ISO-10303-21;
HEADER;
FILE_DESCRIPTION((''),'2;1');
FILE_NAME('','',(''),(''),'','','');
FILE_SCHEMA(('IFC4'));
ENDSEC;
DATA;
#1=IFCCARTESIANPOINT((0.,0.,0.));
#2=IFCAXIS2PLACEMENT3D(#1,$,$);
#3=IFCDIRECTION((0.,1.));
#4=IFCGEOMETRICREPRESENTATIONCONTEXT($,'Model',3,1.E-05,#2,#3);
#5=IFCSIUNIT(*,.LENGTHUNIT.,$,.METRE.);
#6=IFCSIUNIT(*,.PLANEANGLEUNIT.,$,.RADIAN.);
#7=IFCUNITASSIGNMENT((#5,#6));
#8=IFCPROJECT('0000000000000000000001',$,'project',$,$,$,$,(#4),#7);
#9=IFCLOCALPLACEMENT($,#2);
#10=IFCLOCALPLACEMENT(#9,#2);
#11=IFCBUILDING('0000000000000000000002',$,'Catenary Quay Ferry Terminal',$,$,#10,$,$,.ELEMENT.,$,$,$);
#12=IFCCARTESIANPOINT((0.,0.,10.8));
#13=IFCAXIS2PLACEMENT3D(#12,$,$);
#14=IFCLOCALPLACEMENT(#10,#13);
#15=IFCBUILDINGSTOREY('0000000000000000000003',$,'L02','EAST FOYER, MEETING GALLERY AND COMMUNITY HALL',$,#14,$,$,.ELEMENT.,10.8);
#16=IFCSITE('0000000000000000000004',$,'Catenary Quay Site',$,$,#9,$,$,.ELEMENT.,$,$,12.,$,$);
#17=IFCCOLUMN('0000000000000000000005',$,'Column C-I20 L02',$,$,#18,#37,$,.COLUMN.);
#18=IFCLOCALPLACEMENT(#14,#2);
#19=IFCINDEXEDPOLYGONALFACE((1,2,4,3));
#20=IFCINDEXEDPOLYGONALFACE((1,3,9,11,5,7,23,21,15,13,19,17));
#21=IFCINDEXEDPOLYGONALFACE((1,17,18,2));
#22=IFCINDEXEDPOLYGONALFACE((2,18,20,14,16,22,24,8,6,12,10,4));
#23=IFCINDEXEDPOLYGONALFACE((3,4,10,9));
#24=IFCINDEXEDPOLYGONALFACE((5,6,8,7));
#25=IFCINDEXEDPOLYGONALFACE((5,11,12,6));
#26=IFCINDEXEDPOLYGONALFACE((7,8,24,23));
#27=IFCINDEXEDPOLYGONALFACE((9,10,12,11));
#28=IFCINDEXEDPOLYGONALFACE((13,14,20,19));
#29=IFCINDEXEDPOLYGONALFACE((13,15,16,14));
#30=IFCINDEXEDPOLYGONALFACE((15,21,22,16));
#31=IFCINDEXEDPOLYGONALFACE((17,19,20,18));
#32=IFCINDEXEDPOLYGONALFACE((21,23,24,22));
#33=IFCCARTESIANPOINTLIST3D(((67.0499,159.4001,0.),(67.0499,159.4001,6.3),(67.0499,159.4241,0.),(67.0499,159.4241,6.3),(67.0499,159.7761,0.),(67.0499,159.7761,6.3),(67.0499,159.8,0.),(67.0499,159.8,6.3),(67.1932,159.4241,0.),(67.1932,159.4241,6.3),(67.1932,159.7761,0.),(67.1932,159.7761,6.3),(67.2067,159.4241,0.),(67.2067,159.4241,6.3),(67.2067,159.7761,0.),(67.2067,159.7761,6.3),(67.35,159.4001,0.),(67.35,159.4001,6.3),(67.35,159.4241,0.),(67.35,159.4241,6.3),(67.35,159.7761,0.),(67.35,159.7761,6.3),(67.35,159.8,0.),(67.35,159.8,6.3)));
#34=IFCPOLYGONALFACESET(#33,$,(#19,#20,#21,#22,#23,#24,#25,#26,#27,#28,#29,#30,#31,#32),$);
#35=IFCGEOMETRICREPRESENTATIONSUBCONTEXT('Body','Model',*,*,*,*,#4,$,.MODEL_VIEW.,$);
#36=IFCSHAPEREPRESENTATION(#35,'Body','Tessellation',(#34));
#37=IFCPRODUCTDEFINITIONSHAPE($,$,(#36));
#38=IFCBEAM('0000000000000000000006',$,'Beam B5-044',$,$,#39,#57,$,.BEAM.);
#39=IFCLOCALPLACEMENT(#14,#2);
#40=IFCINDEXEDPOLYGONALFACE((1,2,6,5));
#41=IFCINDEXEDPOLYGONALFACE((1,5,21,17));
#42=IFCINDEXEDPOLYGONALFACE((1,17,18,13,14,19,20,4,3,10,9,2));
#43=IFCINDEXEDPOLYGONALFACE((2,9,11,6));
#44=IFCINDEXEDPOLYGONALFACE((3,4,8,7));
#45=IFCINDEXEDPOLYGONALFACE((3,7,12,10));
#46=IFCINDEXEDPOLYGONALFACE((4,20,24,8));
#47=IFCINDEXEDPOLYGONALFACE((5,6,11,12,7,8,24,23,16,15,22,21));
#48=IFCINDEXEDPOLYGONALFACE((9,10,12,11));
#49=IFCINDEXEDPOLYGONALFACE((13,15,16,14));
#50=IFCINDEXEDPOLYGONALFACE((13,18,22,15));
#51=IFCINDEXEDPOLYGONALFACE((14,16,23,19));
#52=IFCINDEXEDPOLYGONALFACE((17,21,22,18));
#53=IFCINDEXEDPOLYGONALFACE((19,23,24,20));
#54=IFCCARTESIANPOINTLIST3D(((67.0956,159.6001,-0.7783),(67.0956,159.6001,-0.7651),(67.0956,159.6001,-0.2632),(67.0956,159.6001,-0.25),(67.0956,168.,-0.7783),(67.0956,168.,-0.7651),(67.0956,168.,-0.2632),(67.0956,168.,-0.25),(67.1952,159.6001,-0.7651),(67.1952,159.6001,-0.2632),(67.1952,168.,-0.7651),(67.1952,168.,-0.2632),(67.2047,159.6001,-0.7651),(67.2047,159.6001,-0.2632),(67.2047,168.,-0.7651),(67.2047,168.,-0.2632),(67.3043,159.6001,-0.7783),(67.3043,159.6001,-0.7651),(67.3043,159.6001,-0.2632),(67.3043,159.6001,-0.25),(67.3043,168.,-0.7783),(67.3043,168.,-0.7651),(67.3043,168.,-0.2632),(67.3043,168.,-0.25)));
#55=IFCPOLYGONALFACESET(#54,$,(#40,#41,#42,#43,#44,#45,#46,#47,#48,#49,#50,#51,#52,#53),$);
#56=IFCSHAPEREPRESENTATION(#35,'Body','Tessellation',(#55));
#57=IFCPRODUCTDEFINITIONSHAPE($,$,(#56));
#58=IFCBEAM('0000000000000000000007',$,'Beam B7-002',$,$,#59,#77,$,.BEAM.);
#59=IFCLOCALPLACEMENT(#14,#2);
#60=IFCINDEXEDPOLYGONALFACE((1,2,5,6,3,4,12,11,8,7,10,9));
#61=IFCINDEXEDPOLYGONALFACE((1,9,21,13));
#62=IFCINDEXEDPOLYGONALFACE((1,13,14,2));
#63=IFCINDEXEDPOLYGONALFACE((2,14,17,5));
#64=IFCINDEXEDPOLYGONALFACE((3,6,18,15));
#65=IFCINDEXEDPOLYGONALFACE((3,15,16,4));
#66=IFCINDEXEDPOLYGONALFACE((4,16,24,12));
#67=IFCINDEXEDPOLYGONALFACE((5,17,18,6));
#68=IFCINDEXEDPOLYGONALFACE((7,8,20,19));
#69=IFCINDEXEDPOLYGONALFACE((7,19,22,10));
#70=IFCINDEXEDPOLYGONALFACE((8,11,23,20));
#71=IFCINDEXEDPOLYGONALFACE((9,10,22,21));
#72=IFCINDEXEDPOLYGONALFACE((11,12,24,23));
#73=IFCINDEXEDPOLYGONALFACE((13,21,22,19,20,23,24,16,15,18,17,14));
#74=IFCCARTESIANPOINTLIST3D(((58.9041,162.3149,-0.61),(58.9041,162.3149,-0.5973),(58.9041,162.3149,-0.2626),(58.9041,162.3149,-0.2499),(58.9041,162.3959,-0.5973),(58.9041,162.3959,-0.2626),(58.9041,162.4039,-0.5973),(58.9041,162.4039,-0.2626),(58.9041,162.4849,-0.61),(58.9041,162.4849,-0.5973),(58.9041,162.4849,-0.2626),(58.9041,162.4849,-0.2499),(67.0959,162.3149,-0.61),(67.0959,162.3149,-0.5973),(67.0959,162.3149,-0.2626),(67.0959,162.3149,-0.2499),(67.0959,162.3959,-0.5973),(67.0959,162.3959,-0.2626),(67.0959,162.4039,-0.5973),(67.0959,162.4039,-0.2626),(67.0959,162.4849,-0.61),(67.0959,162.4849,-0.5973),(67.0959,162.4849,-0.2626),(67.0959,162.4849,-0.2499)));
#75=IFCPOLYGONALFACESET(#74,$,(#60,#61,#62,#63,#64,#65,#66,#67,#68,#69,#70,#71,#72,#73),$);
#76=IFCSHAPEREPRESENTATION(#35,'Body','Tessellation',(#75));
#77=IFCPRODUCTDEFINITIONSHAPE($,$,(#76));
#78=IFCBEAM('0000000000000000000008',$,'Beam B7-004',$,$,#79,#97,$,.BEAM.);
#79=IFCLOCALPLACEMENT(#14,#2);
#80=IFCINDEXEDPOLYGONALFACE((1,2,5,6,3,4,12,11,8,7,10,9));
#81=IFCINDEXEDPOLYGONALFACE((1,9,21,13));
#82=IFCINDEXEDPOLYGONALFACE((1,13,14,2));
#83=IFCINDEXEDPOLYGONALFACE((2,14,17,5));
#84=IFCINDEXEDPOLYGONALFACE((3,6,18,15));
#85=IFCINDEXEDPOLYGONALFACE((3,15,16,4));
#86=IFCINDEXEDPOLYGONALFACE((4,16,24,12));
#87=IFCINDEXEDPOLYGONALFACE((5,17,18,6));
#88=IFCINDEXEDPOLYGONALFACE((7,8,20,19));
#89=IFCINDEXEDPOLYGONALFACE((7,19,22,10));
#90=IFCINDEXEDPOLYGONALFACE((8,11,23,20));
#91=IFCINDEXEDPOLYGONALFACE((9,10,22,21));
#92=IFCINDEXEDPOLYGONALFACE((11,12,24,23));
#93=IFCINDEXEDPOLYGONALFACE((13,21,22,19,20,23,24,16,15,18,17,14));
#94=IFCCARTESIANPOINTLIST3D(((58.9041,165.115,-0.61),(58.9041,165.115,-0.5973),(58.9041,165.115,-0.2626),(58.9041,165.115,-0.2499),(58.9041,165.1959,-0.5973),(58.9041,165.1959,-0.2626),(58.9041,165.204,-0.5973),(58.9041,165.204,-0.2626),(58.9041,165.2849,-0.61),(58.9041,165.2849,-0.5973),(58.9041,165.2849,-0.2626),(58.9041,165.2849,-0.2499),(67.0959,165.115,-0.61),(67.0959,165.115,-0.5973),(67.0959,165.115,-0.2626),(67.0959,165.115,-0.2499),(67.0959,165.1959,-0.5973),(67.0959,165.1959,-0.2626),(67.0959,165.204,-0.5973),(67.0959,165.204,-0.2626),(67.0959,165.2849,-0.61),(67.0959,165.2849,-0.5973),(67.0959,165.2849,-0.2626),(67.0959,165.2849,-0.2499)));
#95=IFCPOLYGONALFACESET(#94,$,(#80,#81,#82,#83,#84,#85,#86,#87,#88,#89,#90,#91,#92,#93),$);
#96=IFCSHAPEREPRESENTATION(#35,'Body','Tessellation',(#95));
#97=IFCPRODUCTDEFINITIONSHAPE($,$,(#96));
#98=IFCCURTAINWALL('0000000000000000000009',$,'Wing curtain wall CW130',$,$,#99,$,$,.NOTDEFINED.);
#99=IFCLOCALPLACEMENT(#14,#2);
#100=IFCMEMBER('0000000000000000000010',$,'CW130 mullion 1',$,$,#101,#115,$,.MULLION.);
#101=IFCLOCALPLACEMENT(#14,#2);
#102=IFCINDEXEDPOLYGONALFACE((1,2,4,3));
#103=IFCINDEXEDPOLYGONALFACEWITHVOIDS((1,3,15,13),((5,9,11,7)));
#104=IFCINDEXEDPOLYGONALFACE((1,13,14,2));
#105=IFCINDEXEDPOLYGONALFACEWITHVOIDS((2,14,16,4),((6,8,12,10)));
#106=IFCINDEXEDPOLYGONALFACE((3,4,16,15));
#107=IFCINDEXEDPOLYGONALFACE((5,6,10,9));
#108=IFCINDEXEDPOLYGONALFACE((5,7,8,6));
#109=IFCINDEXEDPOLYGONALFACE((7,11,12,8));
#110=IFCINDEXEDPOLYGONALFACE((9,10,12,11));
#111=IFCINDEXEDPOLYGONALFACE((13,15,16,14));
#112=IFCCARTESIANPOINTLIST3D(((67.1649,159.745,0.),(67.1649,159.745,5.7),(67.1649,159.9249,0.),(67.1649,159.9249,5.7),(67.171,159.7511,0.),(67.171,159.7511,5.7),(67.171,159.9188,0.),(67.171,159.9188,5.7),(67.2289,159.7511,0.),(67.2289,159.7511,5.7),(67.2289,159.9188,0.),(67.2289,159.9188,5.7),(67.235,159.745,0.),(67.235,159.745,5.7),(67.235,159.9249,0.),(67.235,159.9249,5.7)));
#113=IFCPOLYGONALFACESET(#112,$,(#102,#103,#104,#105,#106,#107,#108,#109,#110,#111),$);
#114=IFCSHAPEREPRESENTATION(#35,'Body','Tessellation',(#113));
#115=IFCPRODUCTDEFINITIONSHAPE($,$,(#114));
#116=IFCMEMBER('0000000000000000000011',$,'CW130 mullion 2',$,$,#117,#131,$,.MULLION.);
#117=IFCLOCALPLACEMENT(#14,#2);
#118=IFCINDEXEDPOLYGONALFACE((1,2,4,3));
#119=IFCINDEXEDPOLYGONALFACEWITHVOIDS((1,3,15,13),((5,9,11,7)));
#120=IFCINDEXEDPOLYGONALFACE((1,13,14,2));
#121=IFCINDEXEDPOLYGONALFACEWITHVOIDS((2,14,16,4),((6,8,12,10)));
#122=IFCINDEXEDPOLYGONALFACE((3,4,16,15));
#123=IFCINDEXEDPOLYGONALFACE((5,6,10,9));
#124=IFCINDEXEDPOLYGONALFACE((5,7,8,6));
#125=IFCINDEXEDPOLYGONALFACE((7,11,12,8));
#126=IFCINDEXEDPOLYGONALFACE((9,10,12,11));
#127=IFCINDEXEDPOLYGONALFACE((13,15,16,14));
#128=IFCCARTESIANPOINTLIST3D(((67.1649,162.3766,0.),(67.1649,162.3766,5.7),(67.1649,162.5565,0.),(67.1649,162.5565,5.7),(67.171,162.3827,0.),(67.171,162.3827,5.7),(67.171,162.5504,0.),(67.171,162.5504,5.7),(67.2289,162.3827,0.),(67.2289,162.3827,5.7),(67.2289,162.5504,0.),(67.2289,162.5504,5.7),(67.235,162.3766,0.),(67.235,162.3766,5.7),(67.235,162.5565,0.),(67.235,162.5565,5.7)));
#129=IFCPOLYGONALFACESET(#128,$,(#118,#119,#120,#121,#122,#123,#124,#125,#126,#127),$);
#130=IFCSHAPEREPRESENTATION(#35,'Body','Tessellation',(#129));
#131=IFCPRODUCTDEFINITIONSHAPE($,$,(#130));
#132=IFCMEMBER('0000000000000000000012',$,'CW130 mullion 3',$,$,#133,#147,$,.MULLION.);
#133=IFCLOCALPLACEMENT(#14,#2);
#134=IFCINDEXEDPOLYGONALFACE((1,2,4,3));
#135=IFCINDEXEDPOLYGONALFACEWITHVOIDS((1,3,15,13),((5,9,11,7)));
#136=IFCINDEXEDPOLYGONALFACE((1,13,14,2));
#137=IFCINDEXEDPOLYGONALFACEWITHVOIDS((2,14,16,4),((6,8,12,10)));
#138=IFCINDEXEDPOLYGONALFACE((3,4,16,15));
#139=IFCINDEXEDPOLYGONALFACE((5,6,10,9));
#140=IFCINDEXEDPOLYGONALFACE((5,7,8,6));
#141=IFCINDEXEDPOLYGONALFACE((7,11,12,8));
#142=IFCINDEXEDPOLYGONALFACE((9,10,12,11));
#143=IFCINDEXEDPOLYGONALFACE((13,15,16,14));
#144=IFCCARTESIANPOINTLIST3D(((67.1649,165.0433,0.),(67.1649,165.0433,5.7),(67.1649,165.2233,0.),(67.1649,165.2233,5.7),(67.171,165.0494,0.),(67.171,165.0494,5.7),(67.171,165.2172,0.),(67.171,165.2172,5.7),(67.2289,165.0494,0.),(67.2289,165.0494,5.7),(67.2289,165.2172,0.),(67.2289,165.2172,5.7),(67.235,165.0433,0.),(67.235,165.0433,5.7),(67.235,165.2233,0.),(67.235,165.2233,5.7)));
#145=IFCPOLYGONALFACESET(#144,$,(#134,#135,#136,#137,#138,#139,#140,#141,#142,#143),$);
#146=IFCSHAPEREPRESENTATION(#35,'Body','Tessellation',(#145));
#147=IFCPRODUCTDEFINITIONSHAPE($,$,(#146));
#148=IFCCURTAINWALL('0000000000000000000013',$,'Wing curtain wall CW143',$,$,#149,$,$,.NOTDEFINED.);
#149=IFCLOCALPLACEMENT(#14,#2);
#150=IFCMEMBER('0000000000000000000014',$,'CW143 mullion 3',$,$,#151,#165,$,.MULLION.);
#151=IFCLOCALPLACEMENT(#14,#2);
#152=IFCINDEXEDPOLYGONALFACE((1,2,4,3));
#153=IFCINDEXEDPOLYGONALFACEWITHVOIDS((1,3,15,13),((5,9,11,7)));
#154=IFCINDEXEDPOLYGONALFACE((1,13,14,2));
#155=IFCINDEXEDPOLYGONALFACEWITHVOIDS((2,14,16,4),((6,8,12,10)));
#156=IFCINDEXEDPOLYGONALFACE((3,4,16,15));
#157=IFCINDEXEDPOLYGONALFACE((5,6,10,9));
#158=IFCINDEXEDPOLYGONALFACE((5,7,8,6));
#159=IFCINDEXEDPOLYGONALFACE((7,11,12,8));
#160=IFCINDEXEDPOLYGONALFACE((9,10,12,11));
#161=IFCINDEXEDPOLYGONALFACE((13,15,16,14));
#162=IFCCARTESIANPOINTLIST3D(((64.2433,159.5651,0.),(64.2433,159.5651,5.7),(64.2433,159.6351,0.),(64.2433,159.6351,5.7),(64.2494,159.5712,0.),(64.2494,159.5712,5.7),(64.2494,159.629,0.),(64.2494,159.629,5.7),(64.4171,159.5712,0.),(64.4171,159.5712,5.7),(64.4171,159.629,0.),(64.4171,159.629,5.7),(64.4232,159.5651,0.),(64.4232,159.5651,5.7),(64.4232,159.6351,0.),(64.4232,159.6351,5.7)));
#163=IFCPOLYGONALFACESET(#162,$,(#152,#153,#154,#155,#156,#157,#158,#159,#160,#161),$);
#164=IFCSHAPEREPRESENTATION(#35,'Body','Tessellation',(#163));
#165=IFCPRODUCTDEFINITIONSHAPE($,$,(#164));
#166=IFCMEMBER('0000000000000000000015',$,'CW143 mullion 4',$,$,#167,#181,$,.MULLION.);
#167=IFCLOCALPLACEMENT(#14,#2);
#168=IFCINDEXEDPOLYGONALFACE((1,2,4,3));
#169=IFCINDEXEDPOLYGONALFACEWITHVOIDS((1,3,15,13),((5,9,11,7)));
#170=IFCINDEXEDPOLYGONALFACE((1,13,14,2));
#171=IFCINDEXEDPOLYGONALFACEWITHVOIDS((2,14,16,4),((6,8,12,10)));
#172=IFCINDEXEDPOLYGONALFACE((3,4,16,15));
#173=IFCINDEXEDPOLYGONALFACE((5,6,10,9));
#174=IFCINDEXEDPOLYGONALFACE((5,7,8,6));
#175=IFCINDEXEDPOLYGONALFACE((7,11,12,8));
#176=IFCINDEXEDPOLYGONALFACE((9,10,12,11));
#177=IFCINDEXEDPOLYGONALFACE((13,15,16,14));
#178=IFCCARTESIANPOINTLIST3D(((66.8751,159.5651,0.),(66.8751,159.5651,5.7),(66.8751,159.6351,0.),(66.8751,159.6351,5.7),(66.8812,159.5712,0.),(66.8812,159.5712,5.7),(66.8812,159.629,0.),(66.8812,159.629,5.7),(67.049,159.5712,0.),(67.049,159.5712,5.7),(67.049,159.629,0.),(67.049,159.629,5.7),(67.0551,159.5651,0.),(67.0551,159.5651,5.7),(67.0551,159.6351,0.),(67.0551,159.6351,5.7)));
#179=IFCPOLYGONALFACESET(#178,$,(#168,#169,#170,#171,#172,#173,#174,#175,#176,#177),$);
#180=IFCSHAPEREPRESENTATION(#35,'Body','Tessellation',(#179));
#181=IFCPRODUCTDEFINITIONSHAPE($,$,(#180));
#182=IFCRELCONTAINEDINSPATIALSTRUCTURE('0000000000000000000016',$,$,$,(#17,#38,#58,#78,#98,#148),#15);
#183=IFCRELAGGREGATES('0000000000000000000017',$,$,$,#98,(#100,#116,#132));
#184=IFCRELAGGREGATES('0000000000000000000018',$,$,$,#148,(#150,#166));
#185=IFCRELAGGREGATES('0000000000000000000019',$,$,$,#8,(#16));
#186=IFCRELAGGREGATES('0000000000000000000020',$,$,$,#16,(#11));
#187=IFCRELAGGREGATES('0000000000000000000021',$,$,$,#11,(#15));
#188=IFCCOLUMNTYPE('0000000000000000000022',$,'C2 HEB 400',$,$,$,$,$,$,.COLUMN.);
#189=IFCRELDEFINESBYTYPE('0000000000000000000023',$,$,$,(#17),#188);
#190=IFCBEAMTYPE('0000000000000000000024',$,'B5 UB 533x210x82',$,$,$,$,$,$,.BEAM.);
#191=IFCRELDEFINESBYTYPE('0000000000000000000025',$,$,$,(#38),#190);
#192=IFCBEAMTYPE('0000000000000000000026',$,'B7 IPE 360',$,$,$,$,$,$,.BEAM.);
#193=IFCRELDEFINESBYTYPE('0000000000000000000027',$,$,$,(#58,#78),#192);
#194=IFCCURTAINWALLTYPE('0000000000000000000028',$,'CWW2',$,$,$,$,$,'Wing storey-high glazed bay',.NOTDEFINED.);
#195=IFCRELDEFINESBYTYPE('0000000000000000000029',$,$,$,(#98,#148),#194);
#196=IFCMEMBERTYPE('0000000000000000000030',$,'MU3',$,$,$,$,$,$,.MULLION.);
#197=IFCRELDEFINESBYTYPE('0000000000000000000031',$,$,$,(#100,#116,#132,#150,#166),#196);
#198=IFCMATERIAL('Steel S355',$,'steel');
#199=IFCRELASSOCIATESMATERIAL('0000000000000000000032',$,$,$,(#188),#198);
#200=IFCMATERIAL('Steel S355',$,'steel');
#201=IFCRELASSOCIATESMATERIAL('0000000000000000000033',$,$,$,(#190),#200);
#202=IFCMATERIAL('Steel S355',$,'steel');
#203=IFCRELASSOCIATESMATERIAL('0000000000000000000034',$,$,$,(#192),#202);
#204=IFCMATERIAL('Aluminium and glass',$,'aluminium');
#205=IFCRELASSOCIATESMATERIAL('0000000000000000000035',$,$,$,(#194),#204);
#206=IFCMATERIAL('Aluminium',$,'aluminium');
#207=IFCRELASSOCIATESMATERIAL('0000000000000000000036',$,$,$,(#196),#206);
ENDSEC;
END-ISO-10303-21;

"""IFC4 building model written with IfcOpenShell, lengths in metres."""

from ifc_helpers import new_model, si_unit, direction, frame, origin, origin_2d, place, context, subcontext, project, spatial, hollow_rectangle, i_section, extrude, material, material_profile, profile_set, type_object, element, aggregate, save


model = new_model("IFC4")

# Units and contexts
model_context = context("Model", 3, precision=1e-05, world=origin(), true_north=direction((0.0, 1.0)))
body_context = subcontext(model_context, "Body", "Model", "MODEL_VIEW")
ifc_project = project(units=[si_unit("LENGTHUNIT", "METRE"), si_unit("PLANEANGLEUNIT", "RADIAN")], contexts=[model_context])

# Site, building, storey
site_placement = place(None, origin())
site = spatial("IfcSite", under=ifc_project, at=site_placement, Name="Catenary Quay Site", CompositionType="ELEMENT", RefElevation=12.0)
building_placement = place(site_placement, origin())
building = spatial("IfcBuilding", under=site, at=building_placement, Name="Catenary Quay Ferry Terminal", CompositionType="ELEMENT")
storey_placement = place(building_placement, frame((0.0, 0.0, 10.8)))
storey = spatial("IfcBuildingStorey", under=building, at=storey_placement, Name="L02", Description="EAST FOYER, MEETING GALLERY AND COMMUNITY HALL", CompositionType="ELEMENT", Elevation=10.8)

# Column
ifc_material_1 = material(Name="Steel S355", Category="steel")
ifc_material_profile_1 = material_profile(ifc_material_1, i_section(OverallWidth=0.3, OverallDepth=0.3999, WebThickness=0.0134, FlangeThickness=0.0239, at=origin_2d()), Name="HEB 400")
ifc_profile_set_1 = profile_set([ifc_material_profile_1], Name="Steel S355")
column_type = type_object("IfcColumnType", Name="C2 HEB 400", PredefinedType="COLUMN", material=ifc_profile_set_1)
column_placement = place(storey_placement, frame((67.2, 159.6001, 0.0), z_axis=(0.0, 0.0, 1.0), x_axis=(1.0, 0.0, 0.0)))
element("IfcColumn", 1, at=column_placement, inside=storey, type_object=column_type, Name="Column C-I20 L02", PredefinedType="COLUMN", context=body_context, shape_type="SweptSolid", body=[
    extrude(i_section(OverallWidth=0.3, OverallDepth=0.3999, WebThickness=0.0134, FlangeThickness=0.0239, at=origin_2d()), origin(), (0.0, 0.0, 1.0), 6.3),
])

# Beams
ifc_material_2 = material(Name="Steel S355", Category="steel")
ifc_material_profile_2 = material_profile(ifc_material_2, i_section(OverallWidth=0.2087, OverallDepth=0.5283, WebThickness=0.0095, FlangeThickness=0.0132, at=origin_2d()), Name="UB 533x210x82")
ifc_profile_set_2 = profile_set([ifc_material_profile_2], Name="Steel S355")
beam_type_1 = type_object("IfcBeamType", Name="B5 UB 533x210x82", PredefinedType="BEAM", material=ifc_profile_set_2)
beam_placement = place(storey_placement, frame((67.2, 159.6001, -0.5142), z_axis=(0.0, 1.0, 0.0), x_axis=(-1.0, 0.0, 0.0)))
element("IfcBeam", 2, at=beam_placement, inside=storey, type_object=beam_type_1, Name="Beam B5-044", PredefinedType="BEAM", context=body_context, shape_type="SweptSolid", body=[
    extrude(i_section(OverallWidth=0.2087, OverallDepth=0.5283, WebThickness=0.0095, FlangeThickness=0.0132, at=origin_2d()), origin(), (0.0, 0.0, 1.0), 8.3999),
])
ifc_material_3 = material(Name="Steel S355", Category="steel")
ifc_material_profile_3 = material_profile(ifc_material_3, i_section(OverallWidth=0.1699, OverallDepth=0.3601, WebThickness=0.0081, FlangeThickness=0.0127, at=origin_2d()), Name="IPE 360")
ifc_profile_set_3 = profile_set([ifc_material_profile_3], Name="Steel S355")
beam_type_2 = type_object("IfcBeamType", Name="B7 IPE 360", PredefinedType="BEAM", material=ifc_profile_set_3)
for number, where, z_axis, x_axis, name in (
    (3, (58.9041, 162.3999, -0.4299), (1.0, 0.0, 0.0), (0.0, 1.0, 0.0), "Beam B7-002"),
    (4, (58.9041, 165.2, -0.4299), (1.0, 0.0, 0.0), (0.0, 1.0, 0.0), "Beam B7-004"),
):
    element("IfcBeam", number, at=place(storey_placement, frame(where, z_axis=z_axis, x_axis=x_axis)), inside=storey, type_object=beam_type_2, Name=name, PredefinedType="BEAM", context=body_context, shape_type="SweptSolid", body=[
        extrude(i_section(OverallWidth=0.1699, OverallDepth=0.3601, WebThickness=0.0081, FlangeThickness=0.0127, at=origin_2d()), origin(), (0.0, 0.0, 1.0), 8.1919),
    ])

# Curtain walls, members
ifc_material_4 = material(Name="Aluminium and glass", Category="aluminium")
curtain_wall_type = type_object("IfcCurtainWallType", Name="CWW2", ElementType="Wing storey-high glazed bay", PredefinedType="NOTDEFINED", material=ifc_material_4)
curtain_wall_1_placement = place(storey_placement, origin())
curtain_wall_1 = element("IfcCurtainWall", 5, at=curtain_wall_1_placement, inside=storey, type_object=curtain_wall_type, Name="Wing curtain wall CW130", PredefinedType="NOTDEFINED")
ifc_material_5 = material(Name="Aluminium", Category="aluminium")
ifc_material_profile_4 = material_profile(ifc_material_5, hollow_rectangle(XDim=0.0701, YDim=0.1799, WallThickness=0.0061, at=origin_2d()), Name="MU3")
ifc_profile_set_4 = profile_set([ifc_material_profile_4], Name="Aluminium")
member_type_1 = type_object("IfcMemberType", Name="MU3", PredefinedType="MULLION", material=ifc_profile_set_4)
member_1_placement = place(storey_placement, frame((67.2, 159.835, 0.0), z_axis=(0.0, 0.0, 1.0), x_axis=(-1.0, 0.0, 0.0)))
member_1 = element("IfcMember", 6, at=member_1_placement, type_object=member_type_1, Name="CW130 mullion 1", PredefinedType="MULLION", context=body_context, shape_type="SweptSolid", body=[
    extrude(hollow_rectangle(XDim=0.0701, YDim=0.1799, WallThickness=0.0061, at=origin_2d()), origin(), (0.0, 0.0, 1.0), 5.7),
])
member_2_placement = place(storey_placement, frame((67.2, 162.4666, 0.0), z_axis=(0.0, 0.0, 1.0), x_axis=(-1.0, 0.0, 0.0)))
member_2 = element("IfcMember", 7, at=member_2_placement, type_object=member_type_1, Name="CW130 mullion 2", PredefinedType="MULLION", context=body_context, shape_type="SweptSolid", body=[
    extrude(hollow_rectangle(XDim=0.0701, YDim=0.1799, WallThickness=0.0061, at=origin_2d()), origin(), (0.0, 0.0, 1.0), 5.7),
])
member_3_placement = place(storey_placement, frame((67.2, 165.1333, 0.0), z_axis=(0.0, 0.0, 1.0), x_axis=(-1.0, 0.0, 0.0)))
member_3 = element("IfcMember", 8, at=member_3_placement, type_object=member_type_1, Name="CW130 mullion 3", PredefinedType="MULLION", context=body_context, shape_type="SweptSolid", body=[
    extrude(hollow_rectangle(XDim=0.0701, YDim=0.1799, WallThickness=0.0061, at=origin_2d()), origin(), (0.0, 0.0, 1.0), 5.7),
])
curtain_wall_2_placement = place(storey_placement, origin())
curtain_wall_2 = element("IfcCurtainWall", 9, at=curtain_wall_2_placement, inside=storey, type_object=curtain_wall_type, Name="Wing curtain wall CW143", PredefinedType="NOTDEFINED")
member_4_placement = place(storey_placement, frame((64.3333, 159.6001, 0.0), z_axis=(0.0, 0.0, 1.0), x_axis=(0.0, 1.0, 0.0)))
member_4 = element("IfcMember", 10, at=member_4_placement, type_object=member_type_1, Name="CW143 mullion 3", PredefinedType="MULLION", context=body_context, shape_type="SweptSolid", body=[
    extrude(hollow_rectangle(XDim=0.0701, YDim=0.1799, WallThickness=0.0061, at=origin_2d()), origin(), (0.0, 0.0, 1.0), 5.7),
])
member_5_placement = place(storey_placement, frame((66.9651, 159.6001, 0.0), z_axis=(0.0, 0.0, 1.0), x_axis=(0.0, 1.0, 0.0)))
member_5 = element("IfcMember", 11, at=member_5_placement, type_object=member_type_1, Name="CW143 mullion 4", PredefinedType="MULLION", context=body_context, shape_type="SweptSolid", body=[
    extrude(hollow_rectangle(XDim=0.0701, YDim=0.1799, WallThickness=0.0061, at=origin_2d()), origin(), (0.0, 0.0, 1.0), 5.7),
])

aggregate(curtain_wall_1, [member_1, member_2, member_3])
aggregate(curtain_wall_2, [member_4, member_5])

save(model, "model.ifc")
